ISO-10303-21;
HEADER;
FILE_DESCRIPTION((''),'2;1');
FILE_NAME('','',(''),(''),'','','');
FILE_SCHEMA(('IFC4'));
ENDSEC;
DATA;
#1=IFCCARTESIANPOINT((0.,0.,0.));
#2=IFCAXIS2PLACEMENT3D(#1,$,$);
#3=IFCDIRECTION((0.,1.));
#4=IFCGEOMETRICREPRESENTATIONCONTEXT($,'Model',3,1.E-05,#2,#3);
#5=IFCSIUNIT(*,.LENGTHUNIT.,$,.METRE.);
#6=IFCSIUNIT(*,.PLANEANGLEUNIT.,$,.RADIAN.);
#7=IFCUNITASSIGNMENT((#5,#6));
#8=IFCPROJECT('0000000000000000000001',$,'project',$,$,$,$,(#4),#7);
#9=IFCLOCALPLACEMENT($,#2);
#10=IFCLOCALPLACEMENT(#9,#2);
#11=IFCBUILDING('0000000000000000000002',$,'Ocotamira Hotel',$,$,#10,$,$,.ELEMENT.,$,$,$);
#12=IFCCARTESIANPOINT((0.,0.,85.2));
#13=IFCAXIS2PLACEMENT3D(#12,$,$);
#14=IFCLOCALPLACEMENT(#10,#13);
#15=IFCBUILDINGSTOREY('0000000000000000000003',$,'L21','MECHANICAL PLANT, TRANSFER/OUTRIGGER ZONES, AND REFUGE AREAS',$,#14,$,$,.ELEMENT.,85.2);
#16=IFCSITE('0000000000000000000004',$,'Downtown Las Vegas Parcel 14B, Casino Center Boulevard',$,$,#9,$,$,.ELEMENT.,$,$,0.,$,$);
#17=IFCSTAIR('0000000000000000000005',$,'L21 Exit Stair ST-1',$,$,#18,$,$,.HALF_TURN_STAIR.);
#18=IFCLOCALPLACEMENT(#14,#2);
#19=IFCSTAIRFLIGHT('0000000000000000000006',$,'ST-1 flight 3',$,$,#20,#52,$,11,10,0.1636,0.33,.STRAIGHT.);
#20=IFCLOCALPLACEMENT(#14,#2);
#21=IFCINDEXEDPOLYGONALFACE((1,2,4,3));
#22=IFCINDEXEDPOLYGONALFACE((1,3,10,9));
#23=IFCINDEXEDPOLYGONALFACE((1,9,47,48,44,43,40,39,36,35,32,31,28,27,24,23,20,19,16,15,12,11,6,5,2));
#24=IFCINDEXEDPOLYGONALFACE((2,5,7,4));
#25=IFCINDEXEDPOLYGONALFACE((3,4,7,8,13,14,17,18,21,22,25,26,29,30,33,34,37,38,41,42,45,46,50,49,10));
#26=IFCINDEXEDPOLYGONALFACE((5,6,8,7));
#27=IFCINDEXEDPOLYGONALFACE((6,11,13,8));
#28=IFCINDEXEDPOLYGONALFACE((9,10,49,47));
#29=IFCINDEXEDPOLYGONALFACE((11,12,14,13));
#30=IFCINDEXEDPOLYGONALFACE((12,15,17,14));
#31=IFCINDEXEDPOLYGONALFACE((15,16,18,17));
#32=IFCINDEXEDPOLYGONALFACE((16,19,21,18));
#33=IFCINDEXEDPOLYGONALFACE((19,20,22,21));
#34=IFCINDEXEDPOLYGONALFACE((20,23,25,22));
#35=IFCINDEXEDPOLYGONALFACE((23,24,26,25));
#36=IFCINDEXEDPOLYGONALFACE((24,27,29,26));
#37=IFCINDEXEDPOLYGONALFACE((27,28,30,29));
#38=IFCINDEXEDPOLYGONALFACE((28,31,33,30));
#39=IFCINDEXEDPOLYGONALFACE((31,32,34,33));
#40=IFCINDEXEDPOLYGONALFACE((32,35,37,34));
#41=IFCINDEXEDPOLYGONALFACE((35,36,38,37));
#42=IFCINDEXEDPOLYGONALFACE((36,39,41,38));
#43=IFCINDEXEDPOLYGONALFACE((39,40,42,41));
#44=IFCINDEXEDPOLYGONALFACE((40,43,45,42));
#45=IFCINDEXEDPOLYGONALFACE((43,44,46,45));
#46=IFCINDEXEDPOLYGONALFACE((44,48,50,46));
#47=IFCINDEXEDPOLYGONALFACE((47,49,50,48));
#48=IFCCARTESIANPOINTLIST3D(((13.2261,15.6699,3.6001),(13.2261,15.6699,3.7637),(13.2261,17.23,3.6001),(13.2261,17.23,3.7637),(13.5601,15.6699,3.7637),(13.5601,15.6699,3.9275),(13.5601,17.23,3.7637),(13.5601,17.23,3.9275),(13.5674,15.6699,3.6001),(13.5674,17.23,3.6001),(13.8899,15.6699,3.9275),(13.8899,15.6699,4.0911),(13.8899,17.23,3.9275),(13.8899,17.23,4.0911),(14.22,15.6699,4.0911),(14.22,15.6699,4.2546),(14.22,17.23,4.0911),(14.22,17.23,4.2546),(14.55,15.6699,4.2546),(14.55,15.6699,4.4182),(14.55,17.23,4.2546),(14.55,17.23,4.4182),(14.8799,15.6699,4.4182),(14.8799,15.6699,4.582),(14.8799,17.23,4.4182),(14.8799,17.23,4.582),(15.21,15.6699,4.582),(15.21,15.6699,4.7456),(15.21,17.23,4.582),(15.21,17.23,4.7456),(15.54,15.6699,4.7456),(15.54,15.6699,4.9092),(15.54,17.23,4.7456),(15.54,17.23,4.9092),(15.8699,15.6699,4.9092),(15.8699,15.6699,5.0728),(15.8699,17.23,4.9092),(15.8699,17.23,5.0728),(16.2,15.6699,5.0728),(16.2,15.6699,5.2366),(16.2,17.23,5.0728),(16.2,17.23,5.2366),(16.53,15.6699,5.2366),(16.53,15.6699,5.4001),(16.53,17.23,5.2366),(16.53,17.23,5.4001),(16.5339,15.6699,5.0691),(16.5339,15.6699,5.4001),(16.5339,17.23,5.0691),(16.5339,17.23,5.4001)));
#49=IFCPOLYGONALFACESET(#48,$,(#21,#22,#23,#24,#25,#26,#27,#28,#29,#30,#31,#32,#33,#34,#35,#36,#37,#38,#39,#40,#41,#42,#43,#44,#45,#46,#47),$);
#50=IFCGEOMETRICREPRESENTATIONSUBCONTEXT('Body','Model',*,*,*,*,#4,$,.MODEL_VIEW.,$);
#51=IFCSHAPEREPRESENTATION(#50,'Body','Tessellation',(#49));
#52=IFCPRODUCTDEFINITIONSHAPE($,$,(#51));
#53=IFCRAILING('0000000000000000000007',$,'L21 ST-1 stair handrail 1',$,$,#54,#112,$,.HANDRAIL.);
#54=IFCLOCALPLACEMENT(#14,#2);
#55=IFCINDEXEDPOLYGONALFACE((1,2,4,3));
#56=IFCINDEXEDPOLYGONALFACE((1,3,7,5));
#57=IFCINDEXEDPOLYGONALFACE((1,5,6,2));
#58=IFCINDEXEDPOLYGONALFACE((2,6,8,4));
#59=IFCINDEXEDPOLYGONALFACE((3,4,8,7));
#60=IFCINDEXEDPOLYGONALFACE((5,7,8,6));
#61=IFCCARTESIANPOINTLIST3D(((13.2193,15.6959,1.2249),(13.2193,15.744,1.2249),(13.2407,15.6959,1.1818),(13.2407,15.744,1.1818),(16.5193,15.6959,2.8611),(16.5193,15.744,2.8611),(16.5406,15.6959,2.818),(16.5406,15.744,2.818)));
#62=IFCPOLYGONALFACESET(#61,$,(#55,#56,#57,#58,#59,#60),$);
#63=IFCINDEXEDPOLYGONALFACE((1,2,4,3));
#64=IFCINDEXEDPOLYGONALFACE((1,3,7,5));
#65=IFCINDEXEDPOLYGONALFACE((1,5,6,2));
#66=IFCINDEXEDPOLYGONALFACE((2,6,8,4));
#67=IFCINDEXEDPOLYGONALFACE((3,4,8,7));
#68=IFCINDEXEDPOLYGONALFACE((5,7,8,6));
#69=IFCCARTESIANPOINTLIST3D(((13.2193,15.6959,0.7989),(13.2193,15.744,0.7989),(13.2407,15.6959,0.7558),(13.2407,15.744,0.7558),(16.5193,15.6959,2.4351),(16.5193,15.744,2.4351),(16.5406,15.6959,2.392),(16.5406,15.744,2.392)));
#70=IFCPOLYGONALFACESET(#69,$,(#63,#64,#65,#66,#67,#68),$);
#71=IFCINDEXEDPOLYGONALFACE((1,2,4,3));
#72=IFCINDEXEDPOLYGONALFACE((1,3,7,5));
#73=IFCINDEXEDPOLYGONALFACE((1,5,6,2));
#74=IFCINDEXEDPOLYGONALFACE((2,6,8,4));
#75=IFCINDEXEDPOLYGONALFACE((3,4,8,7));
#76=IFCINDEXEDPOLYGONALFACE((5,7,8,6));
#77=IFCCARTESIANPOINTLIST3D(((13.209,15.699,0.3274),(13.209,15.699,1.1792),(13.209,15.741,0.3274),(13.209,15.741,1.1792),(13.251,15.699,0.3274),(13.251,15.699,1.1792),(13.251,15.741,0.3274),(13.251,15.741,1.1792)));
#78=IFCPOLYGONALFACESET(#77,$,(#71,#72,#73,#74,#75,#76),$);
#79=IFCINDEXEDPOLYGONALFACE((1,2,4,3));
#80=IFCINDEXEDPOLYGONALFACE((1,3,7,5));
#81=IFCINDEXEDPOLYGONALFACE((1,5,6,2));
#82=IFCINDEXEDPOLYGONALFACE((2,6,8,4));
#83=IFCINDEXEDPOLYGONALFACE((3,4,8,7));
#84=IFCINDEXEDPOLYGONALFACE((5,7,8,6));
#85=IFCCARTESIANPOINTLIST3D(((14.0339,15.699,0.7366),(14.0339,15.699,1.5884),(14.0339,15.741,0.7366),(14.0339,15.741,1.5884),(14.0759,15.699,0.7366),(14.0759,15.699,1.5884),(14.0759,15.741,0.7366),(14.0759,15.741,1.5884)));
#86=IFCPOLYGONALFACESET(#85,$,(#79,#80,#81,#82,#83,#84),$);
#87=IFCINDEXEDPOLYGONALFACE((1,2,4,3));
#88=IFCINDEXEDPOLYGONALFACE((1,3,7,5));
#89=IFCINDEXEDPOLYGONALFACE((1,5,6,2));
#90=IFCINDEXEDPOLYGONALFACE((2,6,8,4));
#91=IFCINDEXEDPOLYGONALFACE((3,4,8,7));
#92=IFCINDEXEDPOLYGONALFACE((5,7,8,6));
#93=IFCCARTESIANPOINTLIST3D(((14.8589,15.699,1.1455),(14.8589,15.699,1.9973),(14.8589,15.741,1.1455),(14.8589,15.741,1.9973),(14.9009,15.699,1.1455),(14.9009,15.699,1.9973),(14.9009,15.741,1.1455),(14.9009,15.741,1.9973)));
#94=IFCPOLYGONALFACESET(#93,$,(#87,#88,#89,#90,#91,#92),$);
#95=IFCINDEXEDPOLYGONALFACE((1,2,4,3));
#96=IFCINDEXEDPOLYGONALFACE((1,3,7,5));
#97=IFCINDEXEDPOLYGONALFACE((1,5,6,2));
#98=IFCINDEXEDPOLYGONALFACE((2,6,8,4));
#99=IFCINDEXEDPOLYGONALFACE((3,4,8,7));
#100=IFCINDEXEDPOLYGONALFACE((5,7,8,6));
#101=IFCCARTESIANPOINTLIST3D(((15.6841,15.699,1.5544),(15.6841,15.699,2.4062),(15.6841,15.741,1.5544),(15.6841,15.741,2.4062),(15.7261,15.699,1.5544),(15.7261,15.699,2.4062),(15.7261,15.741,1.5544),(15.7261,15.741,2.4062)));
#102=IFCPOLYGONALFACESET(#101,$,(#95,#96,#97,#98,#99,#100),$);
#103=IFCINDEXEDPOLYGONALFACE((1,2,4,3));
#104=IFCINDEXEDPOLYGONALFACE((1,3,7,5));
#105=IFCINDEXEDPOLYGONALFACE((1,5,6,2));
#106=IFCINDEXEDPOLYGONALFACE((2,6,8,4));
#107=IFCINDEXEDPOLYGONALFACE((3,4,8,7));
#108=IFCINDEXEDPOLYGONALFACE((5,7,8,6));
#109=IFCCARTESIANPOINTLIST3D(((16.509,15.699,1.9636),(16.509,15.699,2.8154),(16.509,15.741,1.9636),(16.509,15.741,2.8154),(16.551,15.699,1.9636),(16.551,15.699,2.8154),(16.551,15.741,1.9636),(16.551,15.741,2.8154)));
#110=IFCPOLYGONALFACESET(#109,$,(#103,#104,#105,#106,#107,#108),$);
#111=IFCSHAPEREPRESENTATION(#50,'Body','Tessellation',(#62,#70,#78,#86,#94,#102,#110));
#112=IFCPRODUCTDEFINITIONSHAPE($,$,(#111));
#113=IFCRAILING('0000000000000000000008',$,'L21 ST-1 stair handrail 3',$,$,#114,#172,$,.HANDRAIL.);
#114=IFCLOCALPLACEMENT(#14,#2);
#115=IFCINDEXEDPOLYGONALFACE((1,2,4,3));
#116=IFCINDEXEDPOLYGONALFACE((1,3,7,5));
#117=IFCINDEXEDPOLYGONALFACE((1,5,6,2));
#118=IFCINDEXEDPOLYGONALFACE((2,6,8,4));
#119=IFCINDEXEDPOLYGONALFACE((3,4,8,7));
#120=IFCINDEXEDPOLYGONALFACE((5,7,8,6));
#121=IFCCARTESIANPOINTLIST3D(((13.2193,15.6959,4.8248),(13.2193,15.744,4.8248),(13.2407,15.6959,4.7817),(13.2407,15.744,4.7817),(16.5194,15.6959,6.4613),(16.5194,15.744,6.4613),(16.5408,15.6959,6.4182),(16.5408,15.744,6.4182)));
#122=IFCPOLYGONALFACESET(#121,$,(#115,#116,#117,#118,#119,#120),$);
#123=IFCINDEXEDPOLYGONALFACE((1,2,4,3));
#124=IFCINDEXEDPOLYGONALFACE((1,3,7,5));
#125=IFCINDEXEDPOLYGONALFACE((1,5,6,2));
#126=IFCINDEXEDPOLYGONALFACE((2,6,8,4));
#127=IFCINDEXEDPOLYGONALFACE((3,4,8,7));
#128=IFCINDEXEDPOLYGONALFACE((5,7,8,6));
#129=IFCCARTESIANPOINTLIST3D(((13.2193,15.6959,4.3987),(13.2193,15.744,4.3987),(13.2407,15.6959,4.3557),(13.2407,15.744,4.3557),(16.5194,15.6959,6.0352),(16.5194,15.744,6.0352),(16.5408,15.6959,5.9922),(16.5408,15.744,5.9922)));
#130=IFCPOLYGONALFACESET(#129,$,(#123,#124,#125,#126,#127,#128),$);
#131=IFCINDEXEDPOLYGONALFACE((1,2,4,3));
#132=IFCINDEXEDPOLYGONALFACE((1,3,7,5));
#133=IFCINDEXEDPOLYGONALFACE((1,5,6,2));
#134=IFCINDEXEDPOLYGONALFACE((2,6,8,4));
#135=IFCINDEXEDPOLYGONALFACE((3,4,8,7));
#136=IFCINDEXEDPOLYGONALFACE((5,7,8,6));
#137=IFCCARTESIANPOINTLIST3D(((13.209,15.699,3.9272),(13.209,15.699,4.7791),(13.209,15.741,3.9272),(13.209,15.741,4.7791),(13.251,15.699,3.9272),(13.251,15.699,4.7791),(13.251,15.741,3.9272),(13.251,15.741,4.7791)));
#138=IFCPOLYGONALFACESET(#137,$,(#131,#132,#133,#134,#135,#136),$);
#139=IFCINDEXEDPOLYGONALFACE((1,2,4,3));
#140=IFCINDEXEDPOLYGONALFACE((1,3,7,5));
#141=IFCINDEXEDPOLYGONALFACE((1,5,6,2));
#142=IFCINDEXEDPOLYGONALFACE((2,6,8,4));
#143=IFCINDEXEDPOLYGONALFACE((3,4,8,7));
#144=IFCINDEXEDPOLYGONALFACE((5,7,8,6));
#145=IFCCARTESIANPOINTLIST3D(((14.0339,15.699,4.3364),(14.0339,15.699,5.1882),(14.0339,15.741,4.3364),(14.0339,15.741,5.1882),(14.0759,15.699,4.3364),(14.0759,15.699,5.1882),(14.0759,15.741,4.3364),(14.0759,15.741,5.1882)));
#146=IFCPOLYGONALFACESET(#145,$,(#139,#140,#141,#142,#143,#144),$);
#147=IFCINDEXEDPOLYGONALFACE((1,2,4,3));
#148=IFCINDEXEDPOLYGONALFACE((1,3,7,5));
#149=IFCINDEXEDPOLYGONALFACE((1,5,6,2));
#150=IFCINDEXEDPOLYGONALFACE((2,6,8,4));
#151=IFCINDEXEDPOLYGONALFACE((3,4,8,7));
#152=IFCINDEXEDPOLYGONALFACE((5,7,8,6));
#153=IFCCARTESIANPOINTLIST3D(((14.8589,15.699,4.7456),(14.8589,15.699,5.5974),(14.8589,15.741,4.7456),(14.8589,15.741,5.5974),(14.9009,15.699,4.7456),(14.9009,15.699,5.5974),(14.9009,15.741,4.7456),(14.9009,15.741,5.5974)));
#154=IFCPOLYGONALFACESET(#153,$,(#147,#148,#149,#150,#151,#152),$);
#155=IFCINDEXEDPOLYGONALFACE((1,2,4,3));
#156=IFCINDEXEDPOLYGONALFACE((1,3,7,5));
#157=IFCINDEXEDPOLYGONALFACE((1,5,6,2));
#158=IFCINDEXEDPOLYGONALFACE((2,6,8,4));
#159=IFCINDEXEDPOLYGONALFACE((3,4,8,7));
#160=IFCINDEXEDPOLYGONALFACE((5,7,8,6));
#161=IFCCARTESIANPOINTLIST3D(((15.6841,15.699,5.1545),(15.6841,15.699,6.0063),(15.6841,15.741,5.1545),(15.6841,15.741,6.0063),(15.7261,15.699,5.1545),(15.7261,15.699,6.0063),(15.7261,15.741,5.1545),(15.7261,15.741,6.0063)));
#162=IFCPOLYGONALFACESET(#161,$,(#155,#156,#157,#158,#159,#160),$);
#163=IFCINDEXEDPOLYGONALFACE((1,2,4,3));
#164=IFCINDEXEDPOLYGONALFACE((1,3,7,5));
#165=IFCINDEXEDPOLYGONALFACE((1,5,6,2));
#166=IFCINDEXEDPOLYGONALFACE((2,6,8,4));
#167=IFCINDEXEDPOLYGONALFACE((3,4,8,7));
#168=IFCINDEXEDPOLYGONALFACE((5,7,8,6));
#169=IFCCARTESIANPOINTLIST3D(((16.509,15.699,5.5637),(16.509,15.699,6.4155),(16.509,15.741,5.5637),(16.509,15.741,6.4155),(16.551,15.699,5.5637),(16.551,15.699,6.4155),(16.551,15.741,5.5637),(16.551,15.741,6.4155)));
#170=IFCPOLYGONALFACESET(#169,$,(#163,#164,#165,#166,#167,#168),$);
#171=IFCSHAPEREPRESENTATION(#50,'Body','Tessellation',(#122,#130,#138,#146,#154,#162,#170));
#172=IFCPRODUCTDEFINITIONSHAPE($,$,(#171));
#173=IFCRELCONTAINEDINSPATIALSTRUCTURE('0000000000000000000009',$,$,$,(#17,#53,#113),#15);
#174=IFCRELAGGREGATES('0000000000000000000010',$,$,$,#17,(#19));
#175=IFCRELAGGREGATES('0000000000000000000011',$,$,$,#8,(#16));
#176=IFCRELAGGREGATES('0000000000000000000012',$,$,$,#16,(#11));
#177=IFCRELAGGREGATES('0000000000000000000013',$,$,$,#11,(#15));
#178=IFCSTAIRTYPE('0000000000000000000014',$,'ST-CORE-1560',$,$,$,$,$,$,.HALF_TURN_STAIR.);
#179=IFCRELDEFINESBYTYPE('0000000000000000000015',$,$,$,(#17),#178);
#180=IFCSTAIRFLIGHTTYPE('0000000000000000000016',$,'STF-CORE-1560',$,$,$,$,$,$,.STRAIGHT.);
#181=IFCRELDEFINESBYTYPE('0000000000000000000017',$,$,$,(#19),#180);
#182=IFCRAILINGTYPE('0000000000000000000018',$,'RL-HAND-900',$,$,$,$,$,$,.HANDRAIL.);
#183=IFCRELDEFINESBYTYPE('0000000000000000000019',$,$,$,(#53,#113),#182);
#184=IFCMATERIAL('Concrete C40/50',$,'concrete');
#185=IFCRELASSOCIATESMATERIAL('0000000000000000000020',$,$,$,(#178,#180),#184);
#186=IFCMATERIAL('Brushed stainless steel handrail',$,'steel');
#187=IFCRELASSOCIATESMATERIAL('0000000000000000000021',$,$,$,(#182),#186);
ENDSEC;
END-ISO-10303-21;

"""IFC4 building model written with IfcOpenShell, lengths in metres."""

from ifc_helpers import new_model, si_unit, direction, frame, origin, origin_2d, place, context, subcontext, project, spatial, polyline, rectangle, outline, extrude, source, transform, mapped, material, type_object, element, aggregate, save


model = new_model("IFC4")

# Units and contexts
model_context = context("Model", 3, precision=1e-05, world=origin(), true_north=direction((0.0, 1.0)))
body_context = subcontext(model_context, "Body", "Model", "MODEL_VIEW")
ifc_project = project(units=[si_unit("LENGTHUNIT", "METRE"), si_unit("PLANEANGLEUNIT", "RADIAN")], contexts=[model_context])

# Site, building, storey
site_placement = place(None, origin())
site = spatial("IfcSite", under=ifc_project, at=site_placement, Name="Downtown Las Vegas Parcel 14B, Casino Center Boulevard", CompositionType="ELEMENT", RefElevation=0.0)
building_placement = place(site_placement, origin())
building = spatial("IfcBuilding", under=site, at=building_placement, Name="Ocotamira Hotel", CompositionType="ELEMENT")
storey_placement = place(building_placement, frame((0.0, 0.0, 85.2)))
storey = spatial("IfcBuildingStorey", under=building, at=storey_placement, Name="L21", Description="MECHANICAL PLANT, TRANSFER/OUTRIGGER ZONES, AND REFUGE AREAS", CompositionType="ELEMENT", Elevation=85.2)

# Stair, stair flight
ifc_material_1 = material(Name="Concrete C40/50", Category="concrete")
stair_type = type_object("IfcStairType", Name="ST-CORE-1560", PredefinedType="HALF_TURN_STAIR", material=ifc_material_1)
stair_placement = place(storey_placement, origin())
stair = element("IfcStair", 1, at=stair_placement, inside=storey, type_object=stair_type, Name="L21 Exit Stair ST-1", PredefinedType="HALF_TURN_STAIR")
stair_flight_type = type_object("IfcStairFlightType", Name="STF-CORE-1560", PredefinedType="STRAIGHT", material=ifc_material_1)
shared_shape_1 = source(origin(), body_context, "Body", "SweptSolid", [
    extrude(outline(polyline([(-0.0039, 0.0), (-0.0039, 0.1636), (0.3301, 0.1636), (0.3301, 0.3274), (0.6599, 0.3274), (0.6599, 0.491), (0.99, 0.491), (0.99, 0.6545), (1.3201, 0.6545), (1.3201, 0.8181), (1.6499, 0.8181), (1.6499, 0.9819), (1.98, 0.9819), (1.98, 1.1455), (2.3101, 1.1455), (2.3101, 1.3091), (2.6399, 1.3091), (2.6399, 1.4727), (2.97, 1.4727), (2.97, 1.6365), (3.3, 1.6365), (3.3, 1.8), (3.304, 1.8), (3.304, 1.469), (0.3374, 0.0), (-0.0039, 0.0)])), frame((0.0, 0.78, 0.0), z_axis=(0.0, -1.0, 0.0), x_axis=(1.0, 0.0, 0.0)), (0.0, 0.0, 1.0), 1.5601),
])
stair_flight_1_placement = place(storey_placement, frame((13.23, 16.45, 3.6001), z_axis=(0.0, 0.0, 1.0), x_axis=(1.0, 0.0, 0.0)))
stair_flight_1 = element("IfcStairFlight", 2, at=stair_flight_1_placement, type_object=stair_flight_type, Name="ST-1 flight 3", NumberOfRisers=11, NumberOfTreads=10, PredefinedType="STRAIGHT", RiserHeight=0.1636, TreadLength=0.33, context=body_context, shape_type="MappedRepresentation", body=[
    mapped(shared_shape_1, transform((0.0, 0.0, 0.0), scale=1.0)),
])
aggregate(stair, [stair_flight_1])

# Railings
ifc_material_2 = material(Name="Brushed stainless steel handrail", Category="steel")
railing_type_1 = type_object("IfcRailingType", Name="RL-HAND-900", PredefinedType="HANDRAIL", material=ifc_material_2)
railing_1_placement = place(storey_placement, frame((13.23, 15.72, 0.3274)))
element("IfcRailing", 3, at=railing_1_placement, inside=storey, type_object=railing_type_1, Name="L21 ST-1 stair handrail 1", PredefinedType="HANDRAIL", context=body_context, shape_type="SweptSolid", body=[
    extrude(rectangle(XDim=0.0481, YDim=0.0481, at=origin_2d()), frame((0.0, 0.0, 0.876), z_axis=(0.89592, 0.0, 0.444215), x_axis=(0.0, 1.0, 0.0)), (0.0, 0.0, 1.0), 3.6833),
    extrude(rectangle(XDim=0.0481, YDim=0.0481, at=origin_2d()), frame((0.0, 0.0, 0.45), z_axis=(0.89592, 0.0, 0.444215), x_axis=(0.0, 1.0, 0.0)), (0.0, 0.0, 1.0), 3.6833),
    extrude(rectangle(XDim=0.042, YDim=0.042, at=origin_2d()), origin(), (0.0, 0.0, 1.0), 0.8518),
    extrude(rectangle(XDim=0.042, YDim=0.042, at=origin_2d()), frame((0.825, 0.0, 0.4092)), (0.0, 0.0, 1.0), 0.8518),
    extrude(rectangle(XDim=0.042, YDim=0.042, at=origin_2d()), frame((1.6499, 0.0, 0.8181)), (0.0, 0.0, 1.0), 0.8518),
    extrude(rectangle(XDim=0.042, YDim=0.042, at=origin_2d()), frame((2.4751, 0.0, 1.2271)), (0.0, 0.0, 1.0), 0.8518),
    extrude(rectangle(XDim=0.042, YDim=0.042, at=origin_2d()), frame((3.3, 0.0, 1.6362)), (0.0, 0.0, 1.0), 0.8518),
])
railing_2_placement = place(storey_placement, frame((13.23, 15.72, 3.9272)))
element("IfcRailing", 4, at=railing_2_placement, inside=storey, type_object=railing_type_1, Name="L21 ST-1 stair handrail 3", PredefinedType="HANDRAIL", context=body_context, shape_type="SweptSolid", body=[
    extrude(rectangle(XDim=0.0481, YDim=0.0481, at=origin_2d()), frame((0.0, 0.0, 0.876), z_axis=(0.895894, 0.0, 0.444268), x_axis=(0.0, 1.0, 0.0)), (0.0, 0.0, 1.0), 3.6836),
    extrude(rectangle(XDim=0.0481, YDim=0.0481, at=origin_2d()), frame((0.0, 0.0, 0.45), z_axis=(0.895894, 0.0, 0.444268), x_axis=(0.0, 1.0, 0.0)), (0.0, 0.0, 1.0), 3.6836),
    extrude(rectangle(XDim=0.042, YDim=0.042, at=origin_2d()), origin(), (0.0, 0.0, 1.0), 0.8518),
    extrude(rectangle(XDim=0.042, YDim=0.042, at=origin_2d()), frame((0.825, 0.0, 0.4092)), (0.0, 0.0, 1.0), 0.8518),
    extrude(rectangle(XDim=0.042, YDim=0.042, at=origin_2d()), frame((1.6499, 0.0, 0.8184)), (0.0, 0.0, 1.0), 0.8518),
    extrude(rectangle(XDim=0.042, YDim=0.042, at=origin_2d()), frame((2.4751, 0.0, 1.2273)), (0.0, 0.0, 1.0), 0.8518),
    extrude(rectangle(XDim=0.042, YDim=0.042, at=origin_2d()), frame((3.3, 0.0, 1.6365)), (0.0, 0.0, 1.0), 0.8518),
])

save(model, "model.ifc")
